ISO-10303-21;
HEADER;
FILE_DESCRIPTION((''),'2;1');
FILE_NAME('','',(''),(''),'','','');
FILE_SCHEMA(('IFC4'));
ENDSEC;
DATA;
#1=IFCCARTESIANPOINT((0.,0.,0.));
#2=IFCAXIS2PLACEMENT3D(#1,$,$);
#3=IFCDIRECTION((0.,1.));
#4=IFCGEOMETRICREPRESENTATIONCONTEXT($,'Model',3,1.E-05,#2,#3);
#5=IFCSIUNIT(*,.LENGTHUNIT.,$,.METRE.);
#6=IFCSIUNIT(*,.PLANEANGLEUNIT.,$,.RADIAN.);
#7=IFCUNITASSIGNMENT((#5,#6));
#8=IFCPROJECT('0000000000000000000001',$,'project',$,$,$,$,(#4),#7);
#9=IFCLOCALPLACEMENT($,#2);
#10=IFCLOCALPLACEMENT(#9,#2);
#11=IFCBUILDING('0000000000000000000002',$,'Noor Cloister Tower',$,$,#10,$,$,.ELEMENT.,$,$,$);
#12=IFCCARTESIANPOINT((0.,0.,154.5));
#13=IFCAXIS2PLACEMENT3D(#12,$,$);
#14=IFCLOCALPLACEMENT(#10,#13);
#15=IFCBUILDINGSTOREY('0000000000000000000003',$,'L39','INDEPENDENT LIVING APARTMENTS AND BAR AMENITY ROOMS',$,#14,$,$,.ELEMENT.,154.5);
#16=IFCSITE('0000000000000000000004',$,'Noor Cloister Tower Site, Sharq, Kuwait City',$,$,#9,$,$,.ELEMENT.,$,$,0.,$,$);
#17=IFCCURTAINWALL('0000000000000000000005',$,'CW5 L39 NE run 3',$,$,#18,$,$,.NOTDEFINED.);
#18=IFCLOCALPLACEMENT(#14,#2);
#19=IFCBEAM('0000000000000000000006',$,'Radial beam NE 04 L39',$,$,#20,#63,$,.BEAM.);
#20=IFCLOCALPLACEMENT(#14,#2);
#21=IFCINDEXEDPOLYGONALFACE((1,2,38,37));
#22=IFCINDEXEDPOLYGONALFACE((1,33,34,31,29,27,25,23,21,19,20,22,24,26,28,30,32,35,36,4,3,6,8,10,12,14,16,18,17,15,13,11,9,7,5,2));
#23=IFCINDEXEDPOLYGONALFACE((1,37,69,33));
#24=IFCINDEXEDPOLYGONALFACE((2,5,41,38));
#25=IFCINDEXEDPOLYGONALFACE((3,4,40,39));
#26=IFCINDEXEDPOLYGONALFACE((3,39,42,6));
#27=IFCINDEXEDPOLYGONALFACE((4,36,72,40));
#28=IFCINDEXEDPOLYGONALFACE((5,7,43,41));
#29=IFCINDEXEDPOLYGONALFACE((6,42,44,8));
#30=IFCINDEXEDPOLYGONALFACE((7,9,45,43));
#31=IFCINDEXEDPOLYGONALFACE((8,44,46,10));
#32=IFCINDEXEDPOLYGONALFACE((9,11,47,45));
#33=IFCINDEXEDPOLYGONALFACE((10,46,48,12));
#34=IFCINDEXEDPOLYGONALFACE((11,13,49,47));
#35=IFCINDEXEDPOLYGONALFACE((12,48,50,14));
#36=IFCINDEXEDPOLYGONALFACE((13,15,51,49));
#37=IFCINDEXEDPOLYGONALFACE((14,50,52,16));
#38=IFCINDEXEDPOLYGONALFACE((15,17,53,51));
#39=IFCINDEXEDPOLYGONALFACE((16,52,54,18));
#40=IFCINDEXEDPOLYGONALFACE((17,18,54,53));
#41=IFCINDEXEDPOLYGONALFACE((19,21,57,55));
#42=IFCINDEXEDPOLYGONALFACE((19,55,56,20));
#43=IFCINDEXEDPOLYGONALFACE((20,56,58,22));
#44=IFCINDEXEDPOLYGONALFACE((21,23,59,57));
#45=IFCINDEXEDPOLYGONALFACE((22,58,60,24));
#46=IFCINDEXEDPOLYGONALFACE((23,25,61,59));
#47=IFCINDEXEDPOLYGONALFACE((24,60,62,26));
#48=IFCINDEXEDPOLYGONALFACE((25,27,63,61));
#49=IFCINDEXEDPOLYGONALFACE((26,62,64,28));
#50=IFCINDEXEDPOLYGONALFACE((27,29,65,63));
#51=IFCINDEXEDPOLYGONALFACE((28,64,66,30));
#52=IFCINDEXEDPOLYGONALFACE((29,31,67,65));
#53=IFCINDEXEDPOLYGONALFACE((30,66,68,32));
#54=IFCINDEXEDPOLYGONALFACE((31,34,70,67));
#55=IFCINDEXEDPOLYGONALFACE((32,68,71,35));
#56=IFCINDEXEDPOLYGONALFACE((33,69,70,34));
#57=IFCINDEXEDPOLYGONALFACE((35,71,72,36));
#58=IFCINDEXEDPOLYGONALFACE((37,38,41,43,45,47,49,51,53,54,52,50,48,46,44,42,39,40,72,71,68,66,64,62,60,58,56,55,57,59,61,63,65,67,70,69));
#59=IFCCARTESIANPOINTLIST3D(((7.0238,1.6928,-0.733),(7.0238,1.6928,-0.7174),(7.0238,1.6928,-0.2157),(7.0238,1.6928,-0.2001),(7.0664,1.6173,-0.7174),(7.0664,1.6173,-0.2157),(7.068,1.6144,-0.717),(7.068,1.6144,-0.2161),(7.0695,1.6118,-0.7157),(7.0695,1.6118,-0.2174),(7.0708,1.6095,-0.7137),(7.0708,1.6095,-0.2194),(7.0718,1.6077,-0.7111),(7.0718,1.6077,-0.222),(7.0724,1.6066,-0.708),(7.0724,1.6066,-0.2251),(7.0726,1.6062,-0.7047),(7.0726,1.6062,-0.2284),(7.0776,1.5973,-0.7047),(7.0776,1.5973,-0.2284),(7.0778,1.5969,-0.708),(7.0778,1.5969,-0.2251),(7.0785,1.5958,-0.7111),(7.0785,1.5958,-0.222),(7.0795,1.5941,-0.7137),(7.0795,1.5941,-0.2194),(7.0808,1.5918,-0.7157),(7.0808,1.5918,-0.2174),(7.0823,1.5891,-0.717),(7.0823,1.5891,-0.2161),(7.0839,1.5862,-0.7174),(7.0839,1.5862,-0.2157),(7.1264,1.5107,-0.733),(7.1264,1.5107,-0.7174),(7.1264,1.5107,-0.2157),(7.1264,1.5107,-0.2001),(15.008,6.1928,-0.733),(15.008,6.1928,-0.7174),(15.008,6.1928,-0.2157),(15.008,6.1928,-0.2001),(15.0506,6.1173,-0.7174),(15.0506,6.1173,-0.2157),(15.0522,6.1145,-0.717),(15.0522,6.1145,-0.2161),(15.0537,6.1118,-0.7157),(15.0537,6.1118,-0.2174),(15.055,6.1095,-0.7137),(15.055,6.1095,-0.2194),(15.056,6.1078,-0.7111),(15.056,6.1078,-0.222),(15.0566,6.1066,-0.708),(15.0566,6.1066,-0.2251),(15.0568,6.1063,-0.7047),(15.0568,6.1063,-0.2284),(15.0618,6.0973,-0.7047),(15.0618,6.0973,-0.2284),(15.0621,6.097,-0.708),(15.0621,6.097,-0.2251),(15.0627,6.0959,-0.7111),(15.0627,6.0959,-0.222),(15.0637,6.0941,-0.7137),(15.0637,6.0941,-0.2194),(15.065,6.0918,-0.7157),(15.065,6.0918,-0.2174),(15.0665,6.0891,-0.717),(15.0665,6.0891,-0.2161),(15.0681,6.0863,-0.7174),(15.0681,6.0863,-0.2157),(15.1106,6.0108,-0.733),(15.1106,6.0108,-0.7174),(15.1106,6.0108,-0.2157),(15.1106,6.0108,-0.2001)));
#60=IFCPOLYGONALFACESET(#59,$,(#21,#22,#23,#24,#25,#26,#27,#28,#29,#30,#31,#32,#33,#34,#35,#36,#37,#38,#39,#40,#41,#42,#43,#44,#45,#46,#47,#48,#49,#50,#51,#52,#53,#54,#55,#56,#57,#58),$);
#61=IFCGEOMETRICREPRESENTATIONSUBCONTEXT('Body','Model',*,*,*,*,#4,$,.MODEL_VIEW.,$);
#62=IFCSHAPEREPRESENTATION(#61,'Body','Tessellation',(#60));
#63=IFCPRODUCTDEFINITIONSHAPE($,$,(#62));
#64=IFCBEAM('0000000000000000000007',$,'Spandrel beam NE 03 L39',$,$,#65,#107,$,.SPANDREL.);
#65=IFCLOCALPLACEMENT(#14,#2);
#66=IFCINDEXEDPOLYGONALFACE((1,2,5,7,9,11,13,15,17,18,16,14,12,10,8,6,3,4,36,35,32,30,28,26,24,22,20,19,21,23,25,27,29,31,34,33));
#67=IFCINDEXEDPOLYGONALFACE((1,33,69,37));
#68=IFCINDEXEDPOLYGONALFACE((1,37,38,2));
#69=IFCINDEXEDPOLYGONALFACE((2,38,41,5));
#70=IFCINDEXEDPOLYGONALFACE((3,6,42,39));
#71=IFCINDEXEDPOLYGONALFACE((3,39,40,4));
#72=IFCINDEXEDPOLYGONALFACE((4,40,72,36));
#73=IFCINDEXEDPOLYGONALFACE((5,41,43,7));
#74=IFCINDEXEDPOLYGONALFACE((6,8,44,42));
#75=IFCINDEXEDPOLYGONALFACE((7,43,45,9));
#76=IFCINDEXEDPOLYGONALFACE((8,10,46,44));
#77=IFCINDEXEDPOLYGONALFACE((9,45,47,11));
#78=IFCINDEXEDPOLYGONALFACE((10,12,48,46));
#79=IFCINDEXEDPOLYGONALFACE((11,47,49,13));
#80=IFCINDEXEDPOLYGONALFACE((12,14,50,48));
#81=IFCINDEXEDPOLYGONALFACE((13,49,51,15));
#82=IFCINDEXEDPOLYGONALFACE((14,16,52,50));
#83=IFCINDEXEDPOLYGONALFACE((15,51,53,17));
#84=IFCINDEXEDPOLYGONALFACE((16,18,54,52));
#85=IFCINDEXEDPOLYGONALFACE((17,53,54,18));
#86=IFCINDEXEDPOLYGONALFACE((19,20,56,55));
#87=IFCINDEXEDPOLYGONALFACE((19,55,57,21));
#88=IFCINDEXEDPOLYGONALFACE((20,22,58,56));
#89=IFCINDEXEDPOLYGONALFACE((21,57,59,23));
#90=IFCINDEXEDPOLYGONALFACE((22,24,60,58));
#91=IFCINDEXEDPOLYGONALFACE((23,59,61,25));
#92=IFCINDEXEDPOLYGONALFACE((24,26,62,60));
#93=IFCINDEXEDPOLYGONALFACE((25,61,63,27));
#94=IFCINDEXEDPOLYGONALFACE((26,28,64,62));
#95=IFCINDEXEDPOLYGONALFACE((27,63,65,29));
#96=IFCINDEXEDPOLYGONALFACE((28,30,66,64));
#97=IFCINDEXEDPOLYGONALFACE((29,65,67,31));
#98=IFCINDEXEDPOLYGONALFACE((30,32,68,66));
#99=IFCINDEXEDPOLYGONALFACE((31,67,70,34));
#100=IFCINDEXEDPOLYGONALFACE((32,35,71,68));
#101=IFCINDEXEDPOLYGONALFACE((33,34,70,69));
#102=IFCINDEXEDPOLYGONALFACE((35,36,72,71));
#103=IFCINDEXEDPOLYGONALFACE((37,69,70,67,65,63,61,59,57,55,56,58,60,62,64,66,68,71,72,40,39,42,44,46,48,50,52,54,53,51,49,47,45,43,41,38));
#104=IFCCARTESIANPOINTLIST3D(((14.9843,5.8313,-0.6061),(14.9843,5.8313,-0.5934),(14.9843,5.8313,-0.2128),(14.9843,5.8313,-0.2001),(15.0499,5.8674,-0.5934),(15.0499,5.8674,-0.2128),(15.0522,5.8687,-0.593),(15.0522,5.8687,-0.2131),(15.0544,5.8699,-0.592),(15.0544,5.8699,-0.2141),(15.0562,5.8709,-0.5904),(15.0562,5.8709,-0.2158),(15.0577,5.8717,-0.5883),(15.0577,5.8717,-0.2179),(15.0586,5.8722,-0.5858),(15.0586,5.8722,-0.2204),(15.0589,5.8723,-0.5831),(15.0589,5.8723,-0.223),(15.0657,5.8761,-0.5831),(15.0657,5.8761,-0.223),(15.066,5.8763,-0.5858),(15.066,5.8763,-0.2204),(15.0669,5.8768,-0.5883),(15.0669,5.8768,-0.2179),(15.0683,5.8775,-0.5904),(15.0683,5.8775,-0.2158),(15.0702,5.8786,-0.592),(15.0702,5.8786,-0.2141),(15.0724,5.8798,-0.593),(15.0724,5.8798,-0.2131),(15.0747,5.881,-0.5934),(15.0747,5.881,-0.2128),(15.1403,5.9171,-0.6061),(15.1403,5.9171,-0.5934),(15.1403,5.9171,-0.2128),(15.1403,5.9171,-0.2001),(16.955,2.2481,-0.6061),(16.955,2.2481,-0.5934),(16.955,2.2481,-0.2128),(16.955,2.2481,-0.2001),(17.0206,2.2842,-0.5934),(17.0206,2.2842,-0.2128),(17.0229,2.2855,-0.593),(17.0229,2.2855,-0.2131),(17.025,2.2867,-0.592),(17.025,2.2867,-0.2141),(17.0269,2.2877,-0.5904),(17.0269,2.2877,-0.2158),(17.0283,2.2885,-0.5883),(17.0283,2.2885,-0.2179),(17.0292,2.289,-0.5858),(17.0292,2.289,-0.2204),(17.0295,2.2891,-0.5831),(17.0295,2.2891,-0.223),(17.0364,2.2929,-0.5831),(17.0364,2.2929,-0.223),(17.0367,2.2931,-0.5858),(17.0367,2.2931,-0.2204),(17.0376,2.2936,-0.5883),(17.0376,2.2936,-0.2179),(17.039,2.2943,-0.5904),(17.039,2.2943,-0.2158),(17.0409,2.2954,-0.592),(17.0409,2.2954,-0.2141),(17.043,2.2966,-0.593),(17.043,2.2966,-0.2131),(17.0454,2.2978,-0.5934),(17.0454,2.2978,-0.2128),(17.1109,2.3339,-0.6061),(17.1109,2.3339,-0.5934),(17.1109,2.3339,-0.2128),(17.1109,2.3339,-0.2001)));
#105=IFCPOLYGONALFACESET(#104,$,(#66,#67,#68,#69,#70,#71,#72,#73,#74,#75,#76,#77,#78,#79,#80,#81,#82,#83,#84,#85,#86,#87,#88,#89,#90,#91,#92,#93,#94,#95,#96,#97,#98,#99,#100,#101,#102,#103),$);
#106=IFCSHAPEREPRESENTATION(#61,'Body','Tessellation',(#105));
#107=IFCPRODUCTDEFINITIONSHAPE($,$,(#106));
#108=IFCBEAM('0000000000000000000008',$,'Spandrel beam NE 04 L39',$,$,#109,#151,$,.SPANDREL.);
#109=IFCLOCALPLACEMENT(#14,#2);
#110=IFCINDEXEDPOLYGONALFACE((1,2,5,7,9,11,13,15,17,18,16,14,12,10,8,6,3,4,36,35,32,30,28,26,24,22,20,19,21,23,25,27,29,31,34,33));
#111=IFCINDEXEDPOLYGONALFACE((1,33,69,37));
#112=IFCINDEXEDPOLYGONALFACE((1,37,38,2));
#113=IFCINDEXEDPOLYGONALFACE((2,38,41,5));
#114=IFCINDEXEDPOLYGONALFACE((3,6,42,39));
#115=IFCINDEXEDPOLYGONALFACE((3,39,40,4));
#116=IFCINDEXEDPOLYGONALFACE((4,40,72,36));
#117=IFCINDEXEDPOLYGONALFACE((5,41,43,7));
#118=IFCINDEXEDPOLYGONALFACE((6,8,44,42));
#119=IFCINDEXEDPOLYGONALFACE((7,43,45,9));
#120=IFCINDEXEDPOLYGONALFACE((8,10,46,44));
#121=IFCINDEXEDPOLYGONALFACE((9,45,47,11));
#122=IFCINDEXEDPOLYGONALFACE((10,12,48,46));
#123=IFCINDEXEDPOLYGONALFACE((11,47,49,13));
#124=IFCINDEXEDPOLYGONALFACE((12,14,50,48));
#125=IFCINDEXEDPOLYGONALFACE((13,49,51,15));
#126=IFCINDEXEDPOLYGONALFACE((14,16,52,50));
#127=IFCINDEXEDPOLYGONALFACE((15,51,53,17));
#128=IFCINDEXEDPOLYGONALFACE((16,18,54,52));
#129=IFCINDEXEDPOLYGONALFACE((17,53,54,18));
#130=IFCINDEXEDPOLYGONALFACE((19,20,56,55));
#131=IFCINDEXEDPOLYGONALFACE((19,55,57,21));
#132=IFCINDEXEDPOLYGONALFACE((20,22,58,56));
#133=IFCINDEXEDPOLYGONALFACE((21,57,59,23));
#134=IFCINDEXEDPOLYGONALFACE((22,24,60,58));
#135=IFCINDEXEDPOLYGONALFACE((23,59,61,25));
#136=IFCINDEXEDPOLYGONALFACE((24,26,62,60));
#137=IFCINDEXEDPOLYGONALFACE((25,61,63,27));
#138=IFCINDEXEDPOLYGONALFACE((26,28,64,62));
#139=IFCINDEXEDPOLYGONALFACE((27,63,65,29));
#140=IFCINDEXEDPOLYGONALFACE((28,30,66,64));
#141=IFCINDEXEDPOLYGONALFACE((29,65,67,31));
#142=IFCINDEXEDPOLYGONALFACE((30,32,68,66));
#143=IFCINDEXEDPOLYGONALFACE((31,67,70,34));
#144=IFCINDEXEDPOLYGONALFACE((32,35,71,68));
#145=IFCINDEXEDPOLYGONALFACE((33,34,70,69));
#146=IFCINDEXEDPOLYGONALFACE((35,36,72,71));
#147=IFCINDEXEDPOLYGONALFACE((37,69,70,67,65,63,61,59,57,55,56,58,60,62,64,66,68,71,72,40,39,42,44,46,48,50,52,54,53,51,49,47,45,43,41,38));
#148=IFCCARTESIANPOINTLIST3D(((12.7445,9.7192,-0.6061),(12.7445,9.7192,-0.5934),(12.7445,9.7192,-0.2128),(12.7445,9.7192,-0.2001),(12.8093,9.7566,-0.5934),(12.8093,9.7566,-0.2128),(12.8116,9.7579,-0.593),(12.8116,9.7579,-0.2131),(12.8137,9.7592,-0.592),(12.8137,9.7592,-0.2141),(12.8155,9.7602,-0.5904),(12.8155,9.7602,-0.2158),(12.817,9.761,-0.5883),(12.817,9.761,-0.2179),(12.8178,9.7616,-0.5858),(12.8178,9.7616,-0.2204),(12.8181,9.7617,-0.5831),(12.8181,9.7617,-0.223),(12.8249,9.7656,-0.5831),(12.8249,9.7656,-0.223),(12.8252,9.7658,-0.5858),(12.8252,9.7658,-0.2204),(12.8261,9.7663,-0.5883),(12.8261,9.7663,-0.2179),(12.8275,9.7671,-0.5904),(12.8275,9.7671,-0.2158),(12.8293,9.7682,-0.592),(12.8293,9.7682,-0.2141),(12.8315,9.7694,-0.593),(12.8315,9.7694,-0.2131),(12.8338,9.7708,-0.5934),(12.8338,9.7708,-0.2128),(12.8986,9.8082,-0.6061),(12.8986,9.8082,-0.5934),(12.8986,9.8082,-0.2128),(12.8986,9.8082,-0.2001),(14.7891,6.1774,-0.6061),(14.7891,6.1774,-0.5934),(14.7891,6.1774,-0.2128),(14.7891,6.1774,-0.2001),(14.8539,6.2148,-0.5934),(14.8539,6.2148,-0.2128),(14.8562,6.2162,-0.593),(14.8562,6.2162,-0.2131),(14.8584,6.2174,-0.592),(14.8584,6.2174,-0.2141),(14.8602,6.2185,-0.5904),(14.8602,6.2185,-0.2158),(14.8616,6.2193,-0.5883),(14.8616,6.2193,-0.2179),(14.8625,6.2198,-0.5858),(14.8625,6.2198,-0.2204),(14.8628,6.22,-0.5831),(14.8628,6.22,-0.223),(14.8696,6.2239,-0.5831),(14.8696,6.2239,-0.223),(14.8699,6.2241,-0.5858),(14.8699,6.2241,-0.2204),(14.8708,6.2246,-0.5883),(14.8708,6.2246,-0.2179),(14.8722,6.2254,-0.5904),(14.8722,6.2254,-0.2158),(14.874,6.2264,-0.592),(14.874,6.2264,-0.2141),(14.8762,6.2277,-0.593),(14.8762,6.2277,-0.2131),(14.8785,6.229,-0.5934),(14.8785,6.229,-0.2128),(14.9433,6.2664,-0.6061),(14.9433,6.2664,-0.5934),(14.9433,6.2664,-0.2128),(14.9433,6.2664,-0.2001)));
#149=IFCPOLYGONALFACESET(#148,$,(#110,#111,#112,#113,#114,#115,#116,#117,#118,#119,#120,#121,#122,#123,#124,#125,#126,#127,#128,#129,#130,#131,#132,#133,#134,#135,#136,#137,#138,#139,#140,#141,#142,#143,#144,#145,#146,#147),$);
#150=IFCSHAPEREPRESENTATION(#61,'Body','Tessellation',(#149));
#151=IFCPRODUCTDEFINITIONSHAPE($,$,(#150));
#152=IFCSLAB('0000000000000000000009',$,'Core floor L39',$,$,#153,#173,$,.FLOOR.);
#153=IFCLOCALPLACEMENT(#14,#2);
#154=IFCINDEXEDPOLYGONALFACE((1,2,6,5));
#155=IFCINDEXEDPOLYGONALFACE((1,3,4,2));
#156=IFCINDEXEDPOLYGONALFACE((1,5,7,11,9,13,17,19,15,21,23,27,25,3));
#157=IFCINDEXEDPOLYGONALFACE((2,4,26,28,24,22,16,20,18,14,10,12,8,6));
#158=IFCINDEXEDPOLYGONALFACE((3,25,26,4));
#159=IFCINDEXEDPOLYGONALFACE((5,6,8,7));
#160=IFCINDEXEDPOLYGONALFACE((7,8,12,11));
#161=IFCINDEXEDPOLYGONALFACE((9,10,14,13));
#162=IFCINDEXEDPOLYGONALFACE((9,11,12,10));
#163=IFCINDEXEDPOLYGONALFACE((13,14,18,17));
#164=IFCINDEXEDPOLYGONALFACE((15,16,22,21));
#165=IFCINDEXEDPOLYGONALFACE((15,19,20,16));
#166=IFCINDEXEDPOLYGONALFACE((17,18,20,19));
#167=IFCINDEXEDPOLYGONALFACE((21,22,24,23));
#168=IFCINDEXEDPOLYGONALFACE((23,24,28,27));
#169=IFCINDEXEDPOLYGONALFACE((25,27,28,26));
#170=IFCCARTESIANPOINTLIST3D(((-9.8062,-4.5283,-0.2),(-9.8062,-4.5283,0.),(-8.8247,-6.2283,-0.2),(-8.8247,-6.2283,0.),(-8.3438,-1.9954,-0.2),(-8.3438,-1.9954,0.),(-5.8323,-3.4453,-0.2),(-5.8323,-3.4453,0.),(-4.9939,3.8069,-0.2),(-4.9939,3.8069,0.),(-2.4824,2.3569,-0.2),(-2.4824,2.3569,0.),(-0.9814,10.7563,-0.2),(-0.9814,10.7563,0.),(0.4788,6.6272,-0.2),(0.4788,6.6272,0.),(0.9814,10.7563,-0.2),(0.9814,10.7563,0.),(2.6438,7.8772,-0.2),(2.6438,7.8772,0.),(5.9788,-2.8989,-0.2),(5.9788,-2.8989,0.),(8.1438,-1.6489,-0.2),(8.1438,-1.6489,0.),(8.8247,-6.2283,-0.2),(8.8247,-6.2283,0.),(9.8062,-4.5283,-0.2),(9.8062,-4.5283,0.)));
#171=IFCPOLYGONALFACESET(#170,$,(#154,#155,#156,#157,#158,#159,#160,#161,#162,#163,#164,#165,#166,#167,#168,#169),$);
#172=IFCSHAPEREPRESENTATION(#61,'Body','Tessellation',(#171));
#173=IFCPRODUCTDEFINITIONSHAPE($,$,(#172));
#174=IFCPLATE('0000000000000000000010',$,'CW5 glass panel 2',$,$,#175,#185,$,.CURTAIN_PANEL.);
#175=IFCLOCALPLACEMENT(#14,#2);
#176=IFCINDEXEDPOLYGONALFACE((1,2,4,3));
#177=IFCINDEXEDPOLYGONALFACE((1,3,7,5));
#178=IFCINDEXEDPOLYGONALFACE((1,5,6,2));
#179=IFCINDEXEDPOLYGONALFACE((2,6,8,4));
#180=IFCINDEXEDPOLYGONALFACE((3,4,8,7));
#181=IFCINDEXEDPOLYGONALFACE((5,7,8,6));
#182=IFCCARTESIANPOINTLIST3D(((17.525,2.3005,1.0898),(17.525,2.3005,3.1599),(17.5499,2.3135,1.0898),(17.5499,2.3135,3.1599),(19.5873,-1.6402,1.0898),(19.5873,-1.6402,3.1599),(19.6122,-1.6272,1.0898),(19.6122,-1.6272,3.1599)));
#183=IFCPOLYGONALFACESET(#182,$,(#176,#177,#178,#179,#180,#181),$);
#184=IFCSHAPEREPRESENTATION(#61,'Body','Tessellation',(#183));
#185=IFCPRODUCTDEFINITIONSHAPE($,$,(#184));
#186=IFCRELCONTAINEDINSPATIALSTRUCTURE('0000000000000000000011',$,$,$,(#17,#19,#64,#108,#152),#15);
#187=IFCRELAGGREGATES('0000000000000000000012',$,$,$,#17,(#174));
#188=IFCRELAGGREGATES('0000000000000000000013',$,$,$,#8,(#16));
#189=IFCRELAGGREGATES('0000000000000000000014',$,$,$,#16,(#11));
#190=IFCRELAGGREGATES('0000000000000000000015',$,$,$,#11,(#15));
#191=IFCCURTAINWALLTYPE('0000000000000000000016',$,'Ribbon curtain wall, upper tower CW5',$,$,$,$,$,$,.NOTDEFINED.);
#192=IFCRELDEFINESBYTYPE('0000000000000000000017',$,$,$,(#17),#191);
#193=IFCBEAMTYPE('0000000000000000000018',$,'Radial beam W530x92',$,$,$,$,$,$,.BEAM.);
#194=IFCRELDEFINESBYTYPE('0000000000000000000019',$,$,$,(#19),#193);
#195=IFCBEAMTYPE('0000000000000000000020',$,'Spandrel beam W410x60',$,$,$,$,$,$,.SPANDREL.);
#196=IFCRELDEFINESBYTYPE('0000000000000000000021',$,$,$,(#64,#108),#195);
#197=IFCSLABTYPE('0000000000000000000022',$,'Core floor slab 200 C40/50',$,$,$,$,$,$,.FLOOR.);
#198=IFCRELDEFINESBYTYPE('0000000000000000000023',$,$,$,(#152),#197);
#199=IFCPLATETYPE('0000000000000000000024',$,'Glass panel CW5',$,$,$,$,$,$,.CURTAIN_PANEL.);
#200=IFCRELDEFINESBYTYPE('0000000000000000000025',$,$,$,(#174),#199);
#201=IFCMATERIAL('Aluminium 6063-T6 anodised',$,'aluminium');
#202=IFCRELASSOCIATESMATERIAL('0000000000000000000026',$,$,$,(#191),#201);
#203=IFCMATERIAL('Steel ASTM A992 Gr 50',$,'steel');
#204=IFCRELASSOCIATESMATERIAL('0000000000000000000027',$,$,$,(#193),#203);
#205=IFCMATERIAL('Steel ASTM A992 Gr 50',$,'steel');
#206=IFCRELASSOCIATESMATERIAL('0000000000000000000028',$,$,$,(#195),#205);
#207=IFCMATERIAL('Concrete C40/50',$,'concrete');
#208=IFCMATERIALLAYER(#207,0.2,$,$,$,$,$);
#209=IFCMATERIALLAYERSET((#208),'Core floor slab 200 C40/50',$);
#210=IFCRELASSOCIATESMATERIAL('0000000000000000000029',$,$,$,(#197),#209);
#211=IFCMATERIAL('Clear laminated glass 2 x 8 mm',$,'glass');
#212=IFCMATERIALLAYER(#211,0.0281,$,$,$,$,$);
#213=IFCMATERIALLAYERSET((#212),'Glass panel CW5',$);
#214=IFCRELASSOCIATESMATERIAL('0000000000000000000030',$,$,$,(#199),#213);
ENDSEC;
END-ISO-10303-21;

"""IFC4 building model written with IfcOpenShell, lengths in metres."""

from ifc_helpers import new_model, si_unit, direction, frame, origin, origin_2d, place, context, subcontext, project, spatial, polyline, rectangle, i_section, outline, extrude, material, layer, layer_set, material_profile, profile_set, type_object, element, aggregate, save


model = new_model("IFC4")

# Units and contexts
model_context = context("Model", 3, precision=1e-05, world=origin(), true_north=direction((0.0, 1.0)))
body_context = subcontext(model_context, "Body", "Model", "MODEL_VIEW")
ifc_project = project(units=[si_unit("LENGTHUNIT", "METRE"), si_unit("PLANEANGLEUNIT", "RADIAN")], contexts=[model_context])

# Site, building, storey
site_placement = place(None, origin())
site = spatial("IfcSite", under=ifc_project, at=site_placement, Name="Noor Cloister Tower Site, Sharq, Kuwait City", CompositionType="ELEMENT", RefElevation=0.0)
building_placement = place(site_placement, origin())
building = spatial("IfcBuilding", under=site, at=building_placement, Name="Noor Cloister Tower", CompositionType="ELEMENT")
storey_placement = place(building_placement, frame((0.0, 0.0, 154.5)))
storey = spatial("IfcBuildingStorey", under=building, at=storey_placement, Name="L39", Description="INDEPENDENT LIVING APARTMENTS AND BAR AMENITY ROOMS", CompositionType="ELEMENT", Elevation=154.5)

# Curtain wall
ifc_material_1 = material(Name="Aluminium 6063-T6 anodised", Category="aluminium")
curtain_wall_type = type_object("IfcCurtainWallType", Name="Ribbon curtain wall, upper tower CW5", PredefinedType="NOTDEFINED", material=ifc_material_1)
curtain_wall_placement = place(storey_placement, origin())
curtain_wall = element("IfcCurtainWall", 1, at=curtain_wall_placement, inside=storey, type_object=curtain_wall_type, Name="CW5 L39 NE run 3", PredefinedType="NOTDEFINED")

# Beams
ifc_material_2 = material(Name="Steel ASTM A992 Gr 50", Category="steel")
ifc_material_profile_1 = material_profile(ifc_material_2, i_section(OverallWidth=0.209, OverallDepth=0.533, WebThickness=0.0103, FlangeThickness=0.0156, FilletRadius=0.0127, at=origin_2d()), Name="W530x92")
ifc_profile_set_1 = profile_set([ifc_material_profile_1], Name="Steel ASTM A992 Gr 50")
beam_type_1 = type_object("IfcBeamType", Name="Radial beam W530x92", PredefinedType="BEAM", material=ifc_profile_set_1)
beam_1_placement = place(storey_placement, frame((15.0593, 6.1018, -0.4666), z_axis=(-0.871159, -0.491001, 0.0), x_axis=(0.491001, -0.871159, 0.0)))
element("IfcBeam", 2, at=beam_1_placement, inside=storey, type_object=beam_type_1, Name="Radial beam NE 04 L39", PredefinedType="BEAM", context=body_context, shape_type="SweptSolid", body=[
    extrude(i_section(OverallWidth=0.209, OverallDepth=0.533, WebThickness=0.0103, FlangeThickness=0.0156, FilletRadius=0.0127, at=origin_2d()), origin(), (0.0, 0.0, 1.0), 9.165),
])
ifc_material_3 = material(Name="Steel ASTM A992 Gr 50", Category="steel")
ifc_material_profile_2 = material_profile(ifc_material_3, i_section(OverallWidth=0.178, OverallDepth=0.406, WebThickness=0.0078, FlangeThickness=0.0127, FilletRadius=0.0103, at=origin_2d()), Name="W410x60")
ifc_profile_set_2 = profile_set([ifc_material_profile_2], Name="Steel ASTM A992 Gr 50")
beam_type_2 = type_object("IfcBeamType", Name="Spandrel beam W410x60", PredefinedType="SPANDREL", material=ifc_profile_set_2)
beam_2_placement = place(storey_placement, frame((17.033, 2.291, -0.4031), z_axis=(-0.481903, 0.876225, 0.0), x_axis=(-0.876225, -0.481903, 0.0)))
element("IfcBeam", 3, at=beam_2_placement, inside=storey, type_object=beam_type_2, Name="Spandrel beam NE 03 L39", PredefinedType="SPANDREL", context=body_context, shape_type="SweptSolid", body=[
    extrude(i_section(OverallWidth=0.178, OverallDepth=0.406, WebThickness=0.0078, FlangeThickness=0.0127, FilletRadius=0.0103, at=origin_2d()), origin(), (0.0, 0.0, 1.0), 4.0894),
])
beam_3_placement = place(storey_placement, frame((14.8662, 6.2219, -0.4031), z_axis=(-0.499972, 0.866041, 0.0), x_axis=(-0.866041, -0.499972, 0.0)))
element("IfcBeam", 4, at=beam_3_placement, inside=storey, type_object=beam_type_2, Name="Spandrel beam NE 04 L39", PredefinedType="SPANDREL", context=body_context, shape_type="SweptSolid", body=[
    extrude(i_section(OverallWidth=0.178, OverallDepth=0.406, WebThickness=0.0078, FlangeThickness=0.0127, FilletRadius=0.0103, at=origin_2d()), origin(), (0.0, 0.0, 1.0), 4.0896),
])

# Slab
ifc_material_4 = material(Name="Concrete C40/50", Category="concrete")
ifc_layer_1 = layer(ifc_material_4, 0.2)
ifc_layer_set_1 = layer_set([ifc_layer_1], Name="Core floor slab 200 C40/50")
slab_type_1 = type_object("IfcSlabType", Name="Core floor slab 200 C40/50", PredefinedType="FLOOR", material=ifc_layer_set_1)
slab_1_placement = place(storey_placement, frame((0.0, 0.0, -0.2)))
element("IfcSlab", 5, at=slab_1_placement, inside=storey, type_object=slab_type_1, Name="Core floor L39", PredefinedType="FLOOR", context=body_context, shape_type="SweptSolid", body=[
    extrude(outline(polyline([(2.6438, 7.8772), (0.9814, 10.7563), (-0.9814, 10.7563), (-4.9939, 3.8069), (-2.4824, 2.3569), (-5.8323, -3.4453), (-8.3438, -1.9954), (-9.8062, -4.5283), (-8.8247, -6.2283), (8.8247, -6.2283), (9.8062, -4.5283), (8.1438, -1.6489), (5.9788, -2.8989), (0.4788, 6.6272), (2.6438, 7.8772)])), origin(), (0.0, 0.0, 1.0), 0.2),
])

# Plate
ifc_material_5 = material(Name="Clear laminated glass 2 x 8 mm", Category="glass")
ifc_layer_2 = layer(ifc_material_5, 0.0281)
ifc_layer_set_2 = layer_set([ifc_layer_2], Name="Glass panel CW5")
plate_type = type_object("IfcPlateType", Name="Glass panel CW5", PredefinedType="CURTAIN_PANEL", material=ifc_layer_set_2)
plate_1_placement = place(storey_placement, frame((18.5686, 0.3367, 1.0898), z_axis=(0.0, 0.0, 1.0), x_axis=(-0.463677, 0.886004, 0.0)))
plate_1 = element("IfcPlate", 6, at=plate_1_placement, type_object=plate_type, Name="CW5 glass panel 2", PredefinedType="CURTAIN_PANEL", context=body_context, shape_type="SweptSolid", body=[
    extrude(rectangle(XDim=4.4478, YDim=0.0281, at=origin_2d()), origin(), (0.0, 0.0, 1.0), 2.0701),
])
aggregate(curtain_wall, [plate_1])

save(model, "model.ifc")
